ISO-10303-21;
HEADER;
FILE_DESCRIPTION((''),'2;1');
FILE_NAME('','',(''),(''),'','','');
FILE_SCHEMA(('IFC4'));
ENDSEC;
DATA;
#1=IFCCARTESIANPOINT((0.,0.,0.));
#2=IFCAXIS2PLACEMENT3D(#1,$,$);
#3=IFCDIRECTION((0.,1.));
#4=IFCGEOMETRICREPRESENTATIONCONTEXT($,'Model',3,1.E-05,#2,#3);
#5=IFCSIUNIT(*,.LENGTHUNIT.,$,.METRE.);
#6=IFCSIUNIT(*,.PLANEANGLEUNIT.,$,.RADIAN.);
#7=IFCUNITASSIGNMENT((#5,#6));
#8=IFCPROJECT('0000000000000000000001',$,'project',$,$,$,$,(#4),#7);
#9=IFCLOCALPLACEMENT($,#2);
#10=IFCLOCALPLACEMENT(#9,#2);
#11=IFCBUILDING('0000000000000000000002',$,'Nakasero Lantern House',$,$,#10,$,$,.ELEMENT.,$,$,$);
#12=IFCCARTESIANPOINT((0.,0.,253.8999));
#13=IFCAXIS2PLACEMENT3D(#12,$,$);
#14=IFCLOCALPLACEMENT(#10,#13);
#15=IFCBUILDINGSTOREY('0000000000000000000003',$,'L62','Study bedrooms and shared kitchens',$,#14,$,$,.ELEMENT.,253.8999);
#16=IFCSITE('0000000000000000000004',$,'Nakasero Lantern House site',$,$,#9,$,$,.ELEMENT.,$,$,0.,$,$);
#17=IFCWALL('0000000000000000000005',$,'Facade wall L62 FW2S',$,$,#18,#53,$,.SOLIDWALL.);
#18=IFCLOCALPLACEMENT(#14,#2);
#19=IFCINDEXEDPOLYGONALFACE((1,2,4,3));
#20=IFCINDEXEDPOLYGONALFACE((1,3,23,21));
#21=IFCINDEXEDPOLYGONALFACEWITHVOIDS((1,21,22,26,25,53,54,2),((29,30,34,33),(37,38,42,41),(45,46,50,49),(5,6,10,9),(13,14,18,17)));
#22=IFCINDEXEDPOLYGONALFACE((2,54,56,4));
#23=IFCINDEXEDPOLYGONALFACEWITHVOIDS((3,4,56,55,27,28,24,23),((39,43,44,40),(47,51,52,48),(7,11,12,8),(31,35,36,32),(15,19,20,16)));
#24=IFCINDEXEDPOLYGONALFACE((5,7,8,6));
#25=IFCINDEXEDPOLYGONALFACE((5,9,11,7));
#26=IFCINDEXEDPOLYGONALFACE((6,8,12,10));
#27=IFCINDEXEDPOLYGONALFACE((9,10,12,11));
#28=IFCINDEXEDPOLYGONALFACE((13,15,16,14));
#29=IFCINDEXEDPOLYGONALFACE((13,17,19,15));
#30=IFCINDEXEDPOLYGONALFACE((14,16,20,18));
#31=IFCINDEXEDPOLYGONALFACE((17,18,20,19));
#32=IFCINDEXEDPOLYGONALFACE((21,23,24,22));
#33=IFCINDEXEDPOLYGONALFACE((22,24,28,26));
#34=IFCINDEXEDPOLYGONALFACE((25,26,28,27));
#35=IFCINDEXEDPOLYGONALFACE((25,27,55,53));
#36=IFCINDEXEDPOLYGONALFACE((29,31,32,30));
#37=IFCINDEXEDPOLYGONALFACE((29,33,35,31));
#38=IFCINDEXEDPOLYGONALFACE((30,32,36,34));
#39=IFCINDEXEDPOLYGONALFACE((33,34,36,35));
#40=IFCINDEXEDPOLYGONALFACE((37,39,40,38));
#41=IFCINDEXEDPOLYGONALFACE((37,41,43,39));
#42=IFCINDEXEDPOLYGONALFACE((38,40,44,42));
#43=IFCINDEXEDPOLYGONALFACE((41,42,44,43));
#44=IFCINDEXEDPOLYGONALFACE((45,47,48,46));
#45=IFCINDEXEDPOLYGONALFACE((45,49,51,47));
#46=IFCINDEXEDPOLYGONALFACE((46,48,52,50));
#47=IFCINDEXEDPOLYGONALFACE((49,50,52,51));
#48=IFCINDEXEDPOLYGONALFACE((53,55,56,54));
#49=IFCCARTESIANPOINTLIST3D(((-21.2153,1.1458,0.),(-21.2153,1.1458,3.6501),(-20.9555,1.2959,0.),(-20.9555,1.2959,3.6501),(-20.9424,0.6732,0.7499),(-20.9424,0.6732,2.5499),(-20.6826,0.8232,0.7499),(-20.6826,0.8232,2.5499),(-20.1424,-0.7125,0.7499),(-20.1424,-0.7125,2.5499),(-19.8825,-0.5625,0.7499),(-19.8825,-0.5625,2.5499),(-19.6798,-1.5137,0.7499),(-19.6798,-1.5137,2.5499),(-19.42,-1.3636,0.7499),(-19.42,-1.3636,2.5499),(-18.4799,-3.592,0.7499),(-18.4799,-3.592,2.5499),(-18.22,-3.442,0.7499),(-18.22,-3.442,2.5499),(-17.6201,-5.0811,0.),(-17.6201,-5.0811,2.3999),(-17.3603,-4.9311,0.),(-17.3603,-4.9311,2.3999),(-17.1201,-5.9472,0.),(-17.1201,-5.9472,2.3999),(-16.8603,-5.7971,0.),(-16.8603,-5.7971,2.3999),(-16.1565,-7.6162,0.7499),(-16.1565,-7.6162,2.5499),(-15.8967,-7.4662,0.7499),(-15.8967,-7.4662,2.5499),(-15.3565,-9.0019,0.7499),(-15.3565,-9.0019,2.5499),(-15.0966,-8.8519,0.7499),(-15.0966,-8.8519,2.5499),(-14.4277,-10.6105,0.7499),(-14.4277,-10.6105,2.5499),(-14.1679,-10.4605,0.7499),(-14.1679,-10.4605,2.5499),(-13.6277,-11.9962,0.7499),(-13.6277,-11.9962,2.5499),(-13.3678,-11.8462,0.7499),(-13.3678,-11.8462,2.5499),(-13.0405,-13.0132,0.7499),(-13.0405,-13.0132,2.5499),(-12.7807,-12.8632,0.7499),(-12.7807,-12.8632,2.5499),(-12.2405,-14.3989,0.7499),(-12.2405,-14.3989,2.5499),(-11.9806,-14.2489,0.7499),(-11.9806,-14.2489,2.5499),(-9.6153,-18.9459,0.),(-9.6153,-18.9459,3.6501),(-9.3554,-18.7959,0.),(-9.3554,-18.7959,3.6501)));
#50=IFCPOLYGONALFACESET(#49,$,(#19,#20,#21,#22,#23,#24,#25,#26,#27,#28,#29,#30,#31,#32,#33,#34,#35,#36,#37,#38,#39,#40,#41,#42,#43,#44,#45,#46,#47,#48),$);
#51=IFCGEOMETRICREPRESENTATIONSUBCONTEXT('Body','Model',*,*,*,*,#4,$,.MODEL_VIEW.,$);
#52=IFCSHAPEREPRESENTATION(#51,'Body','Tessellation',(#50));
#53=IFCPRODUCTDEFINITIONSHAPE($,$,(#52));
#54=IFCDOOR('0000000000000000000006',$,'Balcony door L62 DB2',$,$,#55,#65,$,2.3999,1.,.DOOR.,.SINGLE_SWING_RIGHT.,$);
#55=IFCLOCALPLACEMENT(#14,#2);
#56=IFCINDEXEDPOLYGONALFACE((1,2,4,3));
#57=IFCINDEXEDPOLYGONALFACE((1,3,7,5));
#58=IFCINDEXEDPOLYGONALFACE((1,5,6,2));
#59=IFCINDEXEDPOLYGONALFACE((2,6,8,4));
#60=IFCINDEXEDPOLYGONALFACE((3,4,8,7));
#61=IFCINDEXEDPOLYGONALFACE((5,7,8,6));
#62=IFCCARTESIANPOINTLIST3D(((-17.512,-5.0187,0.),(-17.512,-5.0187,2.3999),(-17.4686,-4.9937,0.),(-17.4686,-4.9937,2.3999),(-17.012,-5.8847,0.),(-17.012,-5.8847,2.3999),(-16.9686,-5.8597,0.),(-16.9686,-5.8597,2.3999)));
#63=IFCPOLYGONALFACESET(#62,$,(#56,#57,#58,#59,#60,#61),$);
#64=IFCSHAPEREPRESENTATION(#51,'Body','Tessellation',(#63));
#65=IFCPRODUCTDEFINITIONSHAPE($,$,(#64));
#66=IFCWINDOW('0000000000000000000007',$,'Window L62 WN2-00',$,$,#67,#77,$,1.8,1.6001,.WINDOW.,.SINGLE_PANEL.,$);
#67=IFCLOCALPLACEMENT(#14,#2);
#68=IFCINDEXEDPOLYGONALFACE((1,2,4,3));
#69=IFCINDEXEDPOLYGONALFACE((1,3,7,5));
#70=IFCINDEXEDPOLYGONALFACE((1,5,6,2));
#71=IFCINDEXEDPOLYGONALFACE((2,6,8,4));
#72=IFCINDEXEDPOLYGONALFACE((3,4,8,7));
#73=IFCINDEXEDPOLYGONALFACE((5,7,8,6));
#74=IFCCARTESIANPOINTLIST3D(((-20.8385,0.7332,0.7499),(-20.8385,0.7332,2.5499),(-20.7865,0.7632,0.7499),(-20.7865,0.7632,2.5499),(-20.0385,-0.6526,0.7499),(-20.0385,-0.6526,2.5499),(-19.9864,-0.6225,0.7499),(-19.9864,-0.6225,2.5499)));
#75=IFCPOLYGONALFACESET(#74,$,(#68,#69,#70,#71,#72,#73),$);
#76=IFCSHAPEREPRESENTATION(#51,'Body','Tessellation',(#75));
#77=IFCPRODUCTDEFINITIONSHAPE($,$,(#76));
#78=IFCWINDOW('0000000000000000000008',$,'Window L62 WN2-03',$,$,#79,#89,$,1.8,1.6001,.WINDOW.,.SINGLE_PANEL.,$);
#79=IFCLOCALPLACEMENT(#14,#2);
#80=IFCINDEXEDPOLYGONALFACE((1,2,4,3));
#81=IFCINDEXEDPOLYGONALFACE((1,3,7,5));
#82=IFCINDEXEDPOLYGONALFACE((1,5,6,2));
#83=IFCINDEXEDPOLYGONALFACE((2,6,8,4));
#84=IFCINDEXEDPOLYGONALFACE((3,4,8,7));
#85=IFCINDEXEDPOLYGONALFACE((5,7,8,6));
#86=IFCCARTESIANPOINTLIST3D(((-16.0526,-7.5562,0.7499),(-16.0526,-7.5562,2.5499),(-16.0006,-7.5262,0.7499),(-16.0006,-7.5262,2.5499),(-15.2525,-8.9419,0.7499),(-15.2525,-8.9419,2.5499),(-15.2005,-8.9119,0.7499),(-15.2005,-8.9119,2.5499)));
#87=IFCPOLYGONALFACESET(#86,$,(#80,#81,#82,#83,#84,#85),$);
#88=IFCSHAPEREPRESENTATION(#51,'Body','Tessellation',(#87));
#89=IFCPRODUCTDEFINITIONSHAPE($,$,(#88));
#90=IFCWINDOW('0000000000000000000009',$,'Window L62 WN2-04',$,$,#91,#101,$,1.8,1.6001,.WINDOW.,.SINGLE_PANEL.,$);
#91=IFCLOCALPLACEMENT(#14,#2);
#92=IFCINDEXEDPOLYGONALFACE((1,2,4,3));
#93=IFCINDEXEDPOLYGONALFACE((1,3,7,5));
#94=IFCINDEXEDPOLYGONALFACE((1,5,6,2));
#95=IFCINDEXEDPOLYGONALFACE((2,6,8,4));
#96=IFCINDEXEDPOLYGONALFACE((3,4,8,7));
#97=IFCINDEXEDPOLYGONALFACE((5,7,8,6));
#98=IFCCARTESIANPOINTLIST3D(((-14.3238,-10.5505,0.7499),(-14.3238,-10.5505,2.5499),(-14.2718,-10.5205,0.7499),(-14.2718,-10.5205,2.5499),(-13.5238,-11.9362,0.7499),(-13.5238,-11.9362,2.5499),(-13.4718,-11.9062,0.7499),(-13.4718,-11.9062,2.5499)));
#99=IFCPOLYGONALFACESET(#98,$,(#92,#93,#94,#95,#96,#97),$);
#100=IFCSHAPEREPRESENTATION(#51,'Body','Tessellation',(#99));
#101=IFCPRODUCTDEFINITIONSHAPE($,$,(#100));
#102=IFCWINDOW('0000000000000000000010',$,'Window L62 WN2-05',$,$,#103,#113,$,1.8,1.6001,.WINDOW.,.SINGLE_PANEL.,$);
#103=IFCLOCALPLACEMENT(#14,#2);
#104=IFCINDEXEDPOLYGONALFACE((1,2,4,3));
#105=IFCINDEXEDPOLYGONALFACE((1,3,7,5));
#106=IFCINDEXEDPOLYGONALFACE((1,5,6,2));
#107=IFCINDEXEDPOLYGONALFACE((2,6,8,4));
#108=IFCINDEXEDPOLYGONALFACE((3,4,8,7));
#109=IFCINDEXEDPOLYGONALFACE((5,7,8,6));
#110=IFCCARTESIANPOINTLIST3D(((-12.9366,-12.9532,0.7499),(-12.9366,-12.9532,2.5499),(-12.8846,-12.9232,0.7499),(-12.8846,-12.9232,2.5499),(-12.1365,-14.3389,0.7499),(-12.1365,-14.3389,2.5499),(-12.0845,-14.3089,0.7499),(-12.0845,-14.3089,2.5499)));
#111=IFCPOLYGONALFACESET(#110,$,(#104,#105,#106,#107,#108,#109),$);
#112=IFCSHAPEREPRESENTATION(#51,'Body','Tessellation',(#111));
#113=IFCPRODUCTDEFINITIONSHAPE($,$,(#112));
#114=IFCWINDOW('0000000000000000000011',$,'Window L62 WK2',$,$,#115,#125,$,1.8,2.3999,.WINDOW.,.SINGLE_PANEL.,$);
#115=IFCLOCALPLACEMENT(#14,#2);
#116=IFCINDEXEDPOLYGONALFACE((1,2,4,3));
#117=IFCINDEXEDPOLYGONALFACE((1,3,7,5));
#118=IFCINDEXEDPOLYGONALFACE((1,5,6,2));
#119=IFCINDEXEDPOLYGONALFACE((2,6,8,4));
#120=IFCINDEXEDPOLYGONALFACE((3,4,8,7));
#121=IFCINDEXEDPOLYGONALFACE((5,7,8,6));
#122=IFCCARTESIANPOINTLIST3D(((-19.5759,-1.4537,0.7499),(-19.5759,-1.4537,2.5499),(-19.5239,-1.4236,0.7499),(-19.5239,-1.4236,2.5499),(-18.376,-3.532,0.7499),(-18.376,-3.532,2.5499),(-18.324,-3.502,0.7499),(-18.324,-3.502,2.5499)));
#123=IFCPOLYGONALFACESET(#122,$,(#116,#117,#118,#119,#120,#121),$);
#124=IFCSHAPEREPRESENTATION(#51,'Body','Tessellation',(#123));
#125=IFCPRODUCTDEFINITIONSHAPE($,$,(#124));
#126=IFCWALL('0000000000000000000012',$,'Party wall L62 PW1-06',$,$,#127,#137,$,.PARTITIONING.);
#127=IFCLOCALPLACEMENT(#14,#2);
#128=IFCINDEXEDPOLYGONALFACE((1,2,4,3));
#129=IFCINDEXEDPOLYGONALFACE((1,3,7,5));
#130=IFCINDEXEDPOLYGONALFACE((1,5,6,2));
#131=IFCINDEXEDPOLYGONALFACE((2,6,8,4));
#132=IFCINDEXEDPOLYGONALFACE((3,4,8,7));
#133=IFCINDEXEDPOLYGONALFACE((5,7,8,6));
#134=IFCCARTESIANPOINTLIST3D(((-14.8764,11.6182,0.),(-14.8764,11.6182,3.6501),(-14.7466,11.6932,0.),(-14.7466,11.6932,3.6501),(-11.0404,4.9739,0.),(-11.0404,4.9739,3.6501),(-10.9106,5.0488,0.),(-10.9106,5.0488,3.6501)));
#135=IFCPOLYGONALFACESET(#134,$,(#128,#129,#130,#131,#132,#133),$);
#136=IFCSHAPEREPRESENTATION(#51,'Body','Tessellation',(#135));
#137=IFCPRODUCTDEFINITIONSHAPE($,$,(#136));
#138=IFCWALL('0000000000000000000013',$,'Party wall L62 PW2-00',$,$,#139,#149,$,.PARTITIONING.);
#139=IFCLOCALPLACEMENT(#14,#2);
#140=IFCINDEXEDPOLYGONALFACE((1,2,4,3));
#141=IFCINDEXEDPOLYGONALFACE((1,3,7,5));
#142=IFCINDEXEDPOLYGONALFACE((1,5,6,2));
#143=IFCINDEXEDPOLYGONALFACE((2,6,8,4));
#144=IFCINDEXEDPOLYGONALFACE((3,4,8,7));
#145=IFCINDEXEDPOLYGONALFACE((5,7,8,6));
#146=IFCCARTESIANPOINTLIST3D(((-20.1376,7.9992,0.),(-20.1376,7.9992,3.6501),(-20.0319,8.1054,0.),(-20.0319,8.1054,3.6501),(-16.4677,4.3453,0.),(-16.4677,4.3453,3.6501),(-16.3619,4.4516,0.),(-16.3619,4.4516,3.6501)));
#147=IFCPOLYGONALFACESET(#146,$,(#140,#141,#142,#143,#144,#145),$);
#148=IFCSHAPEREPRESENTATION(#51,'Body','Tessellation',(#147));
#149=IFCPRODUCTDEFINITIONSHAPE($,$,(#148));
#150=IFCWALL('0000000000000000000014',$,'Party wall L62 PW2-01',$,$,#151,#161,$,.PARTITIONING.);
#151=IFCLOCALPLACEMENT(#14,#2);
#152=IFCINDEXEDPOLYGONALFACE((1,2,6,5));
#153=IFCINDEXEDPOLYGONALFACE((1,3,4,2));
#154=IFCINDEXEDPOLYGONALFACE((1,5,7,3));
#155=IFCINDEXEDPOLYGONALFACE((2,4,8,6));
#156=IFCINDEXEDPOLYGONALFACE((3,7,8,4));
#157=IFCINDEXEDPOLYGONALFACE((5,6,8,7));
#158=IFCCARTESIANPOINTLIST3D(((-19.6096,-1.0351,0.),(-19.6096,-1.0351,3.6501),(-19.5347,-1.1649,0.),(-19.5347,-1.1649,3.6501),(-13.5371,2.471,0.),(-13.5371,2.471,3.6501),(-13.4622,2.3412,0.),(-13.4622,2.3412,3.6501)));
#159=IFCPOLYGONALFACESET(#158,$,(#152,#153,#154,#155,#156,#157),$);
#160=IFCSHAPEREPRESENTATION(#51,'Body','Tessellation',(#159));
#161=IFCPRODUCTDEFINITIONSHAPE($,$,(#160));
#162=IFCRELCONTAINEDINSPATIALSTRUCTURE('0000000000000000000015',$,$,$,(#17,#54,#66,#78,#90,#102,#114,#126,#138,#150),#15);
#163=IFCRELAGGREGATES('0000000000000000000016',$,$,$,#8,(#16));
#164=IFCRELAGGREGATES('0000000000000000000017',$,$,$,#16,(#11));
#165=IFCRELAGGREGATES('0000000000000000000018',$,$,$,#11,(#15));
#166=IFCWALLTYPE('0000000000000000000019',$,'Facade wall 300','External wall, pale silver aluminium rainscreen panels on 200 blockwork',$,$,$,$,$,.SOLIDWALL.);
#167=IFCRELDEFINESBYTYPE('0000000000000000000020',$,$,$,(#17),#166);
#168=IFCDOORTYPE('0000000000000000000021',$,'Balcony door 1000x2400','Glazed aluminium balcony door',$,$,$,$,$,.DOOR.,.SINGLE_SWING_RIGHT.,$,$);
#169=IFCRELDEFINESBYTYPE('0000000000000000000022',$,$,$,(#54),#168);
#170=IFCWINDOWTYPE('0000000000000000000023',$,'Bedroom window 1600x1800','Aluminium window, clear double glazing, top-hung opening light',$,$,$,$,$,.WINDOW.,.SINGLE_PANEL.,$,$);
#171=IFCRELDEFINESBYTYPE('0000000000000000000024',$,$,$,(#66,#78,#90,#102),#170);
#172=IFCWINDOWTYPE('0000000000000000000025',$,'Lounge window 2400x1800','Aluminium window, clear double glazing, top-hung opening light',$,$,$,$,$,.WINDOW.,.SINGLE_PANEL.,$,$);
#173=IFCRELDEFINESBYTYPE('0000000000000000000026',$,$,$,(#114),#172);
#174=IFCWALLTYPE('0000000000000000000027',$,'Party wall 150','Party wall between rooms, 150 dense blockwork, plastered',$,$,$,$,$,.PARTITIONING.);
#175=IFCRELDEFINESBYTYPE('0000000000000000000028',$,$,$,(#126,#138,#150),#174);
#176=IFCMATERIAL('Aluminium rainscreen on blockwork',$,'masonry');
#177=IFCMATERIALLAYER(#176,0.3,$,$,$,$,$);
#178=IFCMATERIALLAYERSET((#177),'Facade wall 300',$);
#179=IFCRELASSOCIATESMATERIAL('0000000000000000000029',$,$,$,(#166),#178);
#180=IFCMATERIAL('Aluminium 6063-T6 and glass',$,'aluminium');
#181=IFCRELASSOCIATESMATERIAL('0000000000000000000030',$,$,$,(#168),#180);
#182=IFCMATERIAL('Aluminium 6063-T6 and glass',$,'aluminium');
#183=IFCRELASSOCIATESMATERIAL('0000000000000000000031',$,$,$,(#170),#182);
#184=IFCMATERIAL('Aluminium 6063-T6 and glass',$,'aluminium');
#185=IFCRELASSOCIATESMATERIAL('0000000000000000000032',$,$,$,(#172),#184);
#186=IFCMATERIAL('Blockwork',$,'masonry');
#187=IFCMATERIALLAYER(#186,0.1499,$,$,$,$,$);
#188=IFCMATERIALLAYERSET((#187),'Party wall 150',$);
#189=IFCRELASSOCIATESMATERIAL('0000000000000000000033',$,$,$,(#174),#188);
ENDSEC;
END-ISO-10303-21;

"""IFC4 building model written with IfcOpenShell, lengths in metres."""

from ifc_helpers import new_model, si_unit, direction, frame, frame_2d, origin, place, context, subcontext, project, spatial, rectangle, extrude, material, layer, layer_set, type_object, element, fill, save


model = new_model("IFC4")

# Units and contexts
model_context = context("Model", 3, precision=1e-05, world=origin(), true_north=direction((0.0, 1.0)))
body_context = subcontext(model_context, "Body", "Model", "MODEL_VIEW")
ifc_project = project(units=[si_unit("LENGTHUNIT", "METRE"), si_unit("PLANEANGLEUNIT", "RADIAN")], contexts=[model_context])

# Site, building, storey
site_placement = place(None, origin())
site = spatial("IfcSite", under=ifc_project, at=site_placement, Name="Nakasero Lantern House site", CompositionType="ELEMENT", RefElevation=0.0)
building_placement = place(site_placement, origin())
building = spatial("IfcBuilding", under=site, at=building_placement, Name="Nakasero Lantern House", CompositionType="ELEMENT")
storey_placement = place(building_placement, frame((0.0, 0.0, 253.8999)))
storey = spatial("IfcBuildingStorey", under=building, at=storey_placement, Name="L62", Description="Study bedrooms and shared kitchens", CompositionType="ELEMENT", Elevation=253.8999)

# Shared definitions
ifc_material_1 = material(Name="Aluminium rainscreen on blockwork", Category="masonry")
ifc_layer_1 = layer(ifc_material_1, 0.3)
ifc_layer_set_1 = layer_set([ifc_layer_1], Name="Facade wall 300")
wall_type_1 = type_object("IfcWallType", Name="Facade wall 300", Description="External wall, pale silver aluminium rainscreen panels on 200 blockwork", PredefinedType="SOLIDWALL", material=ifc_layer_set_1)

# Wall, openings, door, windows
wall_1_placement = place(storey_placement, frame((-21.0854, 1.2209, 0.0), z_axis=(0.0, 0.0, 1.0), x_axis=(0.500003, -0.866024, 0.0)))
wall_1 = element("IfcWall", 1, at=wall_1_placement, inside=storey, type_object=wall_type_1, Name="Facade wall L62 FW2S", PredefinedType="SOLIDWALL", context=body_context, shape_type="SweptSolid", body=[
    extrude(rectangle(XDim=23.2, YDim=0.3, at=frame_2d((11.6001, 0.0))), origin(), (0.0, 0.0, 1.0), 3.6501),
])
opening_1_placement = place(wall_1_placement, frame((0.5459, 0.0, 0.75)))
opening_1 = element("IfcOpeningElement", 2, at=opening_1_placement, cuts=wall_1, PredefinedType="OPENING", context=body_context, shape_type="SweptSolid", body=[
    extrude(rectangle(XDim=1.6001, YDim=1.8, at=frame_2d((0.8, 0.8999))), frame((0.0, 0.1699, 0.0), z_axis=(0.0, -1.0, 0.0), x_axis=(1.0, 0.0, 0.0)), (0.0, 0.0, 1.0), 0.3401),
])
opening_2_placement = place(wall_1_placement, frame((10.1177, 0.0, 0.75)))
opening_2 = element("IfcOpeningElement", 3, at=opening_2_placement, cuts=wall_1, PredefinedType="OPENING", context=body_context, shape_type="SweptSolid", body=[
    extrude(rectangle(XDim=1.6001, YDim=1.8, at=frame_2d((0.8, 0.8999))), frame((0.0, 0.1699, 0.0), z_axis=(0.0, -1.0, 0.0), x_axis=(1.0, 0.0, 0.0)), (0.0, 0.0, 1.0), 0.3401),
])
opening_3_placement = place(wall_1_placement, frame((13.5752, 0.0, 0.75)))
opening_3 = element("IfcOpeningElement", 4, at=opening_3_placement, cuts=wall_1, PredefinedType="OPENING", context=body_context, shape_type="SweptSolid", body=[
    extrude(rectangle(XDim=1.6001, YDim=1.8, at=frame_2d((0.8, 0.8999))), frame((0.0, 0.1699, 0.0), z_axis=(0.0, -1.0, 0.0), x_axis=(1.0, 0.0, 0.0)), (0.0, 0.0, 1.0), 0.3401),
])
opening_4_placement = place(wall_1_placement, frame((16.3496, 0.0, 0.75)))
opening_4 = element("IfcOpeningElement", 5, at=opening_4_placement, cuts=wall_1, PredefinedType="OPENING", context=body_context, shape_type="SweptSolid", body=[
    extrude(rectangle(XDim=1.6001, YDim=1.8, at=frame_2d((0.8, 0.8999))), frame((0.0, 0.1699, 0.0), z_axis=(0.0, -1.0, 0.0), x_axis=(1.0, 0.0, 0.0)), (0.0, 0.0, 1.0), 0.3401),
])
opening_5_placement = place(wall_1_placement, frame((3.071, 0.0, 0.75)))
opening_5 = element("IfcOpeningElement", 6, at=opening_5_placement, cuts=wall_1, PredefinedType="OPENING", context=body_context, shape_type="SweptSolid", body=[
    extrude(rectangle(XDim=2.3999, YDim=1.8, at=frame_2d((1.2, 0.8999))), frame((0.0, 0.1699, 0.0), z_axis=(0.0, -1.0, 0.0), x_axis=(1.0, 0.0, 0.0)), (0.0, 0.0, 1.0), 0.3401),
])
opening_6_placement = place(wall_1_placement, frame((7.1904, 0.0, 0.0)))
opening_6 = element("IfcOpeningElement", 7, at=opening_6_placement, cuts=wall_1, PredefinedType="OPENING", context=body_context, shape_type="SweptSolid", body=[
    extrude(rectangle(XDim=1.0, YDim=2.3999, at=frame_2d((0.5, 1.2))), frame((0.0, 0.1699, 0.0), z_axis=(0.0, -1.0, 0.0), x_axis=(1.0, 0.0, 0.0)), (0.0, 0.0, 1.0), 0.3401),
])
ifc_material_2 = material(Name="Aluminium 6063-T6 and glass", Category="aluminium")
door_type_1 = type_object("IfcDoorType", Name="Balcony door 1000x2400", Description="Glazed aluminium balcony door", OperationType="SINGLE_SWING_RIGHT", PredefinedType="DOOR", material=ifc_material_2)
door_1_placement = place(opening_6_placement, origin())
door_1 = element("IfcDoor", 8, at=door_1_placement, inside=storey, type_object=door_type_1, Name="Balcony door L62 DB2", OperationType="SINGLE_SWING_RIGHT", OverallHeight=2.3999, OverallWidth=1.0, PredefinedType="DOOR", context=body_context, shape_type="SweptSolid", body=[
    extrude(rectangle(XDim=1.0, YDim=2.3999, at=frame_2d((0.5, 1.2))), frame((0.0, 0.0249, 0.0), z_axis=(0.0, -1.0, 0.0), x_axis=(1.0, 0.0, 0.0)), (0.0, 0.0, 1.0), 0.05),
])
fill(opening_6, door_1)
ifc_material_3 = material(Name="Aluminium 6063-T6 and glass", Category="aluminium")
window_type_1 = type_object("IfcWindowType", Name="Bedroom window 1600x1800", Description="Aluminium window, clear double glazing, top-hung opening light", PartitioningType="SINGLE_PANEL", PredefinedType="WINDOW", material=ifc_material_3)
window_1_placement = place(opening_1_placement, origin())
window_1 = element("IfcWindow", 9, at=window_1_placement, inside=storey, type_object=window_type_1, Name="Window L62 WN2-00", OverallHeight=1.8, OverallWidth=1.6001, PartitioningType="SINGLE_PANEL", PredefinedType="WINDOW", context=body_context, shape_type="SweptSolid", body=[
    extrude(rectangle(XDim=1.6001, YDim=1.8, at=frame_2d((0.8, 0.8999))), frame((0.0, 0.03, 0.0), z_axis=(0.0, -1.0, 0.0), x_axis=(1.0, 0.0, 0.0)), (0.0, 0.0, 1.0), 0.0601),
])
fill(opening_1, window_1)
window_2_placement = place(opening_2_placement, origin())
window_2 = element("IfcWindow", 10, at=window_2_placement, inside=storey, type_object=window_type_1, Name="Window L62 WN2-03", OverallHeight=1.8, OverallWidth=1.6001, PartitioningType="SINGLE_PANEL", PredefinedType="WINDOW", context=body_context, shape_type="SweptSolid", body=[
    extrude(rectangle(XDim=1.6001, YDim=1.8, at=frame_2d((0.8, 0.8999))), frame((0.0, 0.03, 0.0), z_axis=(0.0, -1.0, 0.0), x_axis=(1.0, 0.0, 0.0)), (0.0, 0.0, 1.0), 0.0601),
])
fill(opening_2, window_2)
window_3_placement = place(opening_3_placement, origin())
window_3 = element("IfcWindow", 11, at=window_3_placement, inside=storey, type_object=window_type_1, Name="Window L62 WN2-04", OverallHeight=1.8, OverallWidth=1.6001, PartitioningType="SINGLE_PANEL", PredefinedType="WINDOW", context=body_context, shape_type="SweptSolid", body=[
    extrude(rectangle(XDim=1.6001, YDim=1.8, at=frame_2d((0.8, 0.8999))), frame((0.0, 0.03, 0.0), z_axis=(0.0, -1.0, 0.0), x_axis=(1.0, 0.0, 0.0)), (0.0, 0.0, 1.0), 0.0601),
])
fill(opening_3, window_3)
window_4_placement = place(opening_4_placement, origin())
window_4 = element("IfcWindow", 12, at=window_4_placement, inside=storey, type_object=window_type_1, Name="Window L62 WN2-05", OverallHeight=1.8, OverallWidth=1.6001, PartitioningType="SINGLE_PANEL", PredefinedType="WINDOW", context=body_context, shape_type="SweptSolid", body=[
    extrude(rectangle(XDim=1.6001, YDim=1.8, at=frame_2d((0.8, 0.8999))), frame((0.0, 0.03, 0.0), z_axis=(0.0, -1.0, 0.0), x_axis=(1.0, 0.0, 0.0)), (0.0, 0.0, 1.0), 0.0601),
])
fill(opening_4, window_4)
ifc_material_4 = material(Name="Aluminium 6063-T6 and glass", Category="aluminium")
window_type_2 = type_object("IfcWindowType", Name="Lounge window 2400x1800", Description="Aluminium window, clear double glazing, top-hung opening light", PartitioningType="SINGLE_PANEL", PredefinedType="WINDOW", material=ifc_material_4)
window_5_placement = place(opening_5_placement, origin())
window_5 = element("IfcWindow", 13, at=window_5_placement, inside=storey, type_object=window_type_2, Name="Window L62 WK2", OverallHeight=1.8, OverallWidth=2.3999, PartitioningType="SINGLE_PANEL", PredefinedType="WINDOW", context=body_context, shape_type="SweptSolid", body=[
    extrude(rectangle(XDim=2.3999, YDim=1.8, at=frame_2d((1.2, 0.8999))), frame((0.0, 0.03, 0.0), z_axis=(0.0, -1.0, 0.0), x_axis=(1.0, 0.0, 0.0)), (0.0, 0.0, 1.0), 0.0601),
])
fill(opening_5, window_5)

# Walls
ifc_material_5 = material(Name="Blockwork", Category="masonry")
ifc_layer_2 = layer(ifc_material_5, 0.1499)
ifc_layer_set_2 = layer_set([ifc_layer_2], Name="Party wall 150")
wall_type_2 = type_object("IfcWallType", Name="Party wall 150", Description="Party wall between rooms, 150 dense blockwork, plastered", PredefinedType="PARTITIONING", material=ifc_layer_set_2)
wall_2_placement = place(storey_placement, frame((-10.9756, 5.0115, 0.0), z_axis=(0.0, 0.0, 1.0), x_axis=(-0.499986, 0.866034, 0.0)))
element("IfcWall", 14, at=wall_2_placement, inside=storey, type_object=wall_type_2, Name="Party wall L62 PW1-06", PredefinedType="PARTITIONING", context=body_context, shape_type="SweptSolid", body=[
    extrude(rectangle(XDim=7.6721, YDim=0.1499, at=frame_2d((3.8359, 0.0))), origin(), (0.0, 0.0, 1.0), 3.6501),
])
wall_3_placement = place(storey_placement, frame((-16.4148, 4.3984, 0.0), z_axis=(0.0, 0.0, 1.0), x_axis=(-0.708661, 0.705549, 0.0)))
element("IfcWall", 15, at=wall_3_placement, inside=storey, type_object=wall_type_2, Name="Party wall L62 PW2-00", PredefinedType="PARTITIONING", context=body_context, shape_type="SweptSolid", body=[
    extrude(rectangle(XDim=5.1787, YDim=0.1499, at=frame_2d((2.5894, 0.0))), origin(), (0.0, 0.0, 1.0), 3.6501),
])
wall_4_placement = place(storey_placement, frame((-13.4998, 2.406, 0.0), z_axis=(0.0, 0.0, 1.0), x_axis=(-0.866017, -0.500015, 0.0)))
element("IfcWall", 16, at=wall_4_placement, inside=storey, type_object=wall_type_2, Name="Party wall L62 PW2-01", PredefinedType="PARTITIONING", context=body_context, shape_type="SweptSolid", body=[
    extrude(rectangle(XDim=7.012, YDim=0.1499, at=frame_2d((3.5059, 0.0))), origin(), (0.0, 0.0, 1.0), 3.6501),
])

save(model, "model.ifc")
